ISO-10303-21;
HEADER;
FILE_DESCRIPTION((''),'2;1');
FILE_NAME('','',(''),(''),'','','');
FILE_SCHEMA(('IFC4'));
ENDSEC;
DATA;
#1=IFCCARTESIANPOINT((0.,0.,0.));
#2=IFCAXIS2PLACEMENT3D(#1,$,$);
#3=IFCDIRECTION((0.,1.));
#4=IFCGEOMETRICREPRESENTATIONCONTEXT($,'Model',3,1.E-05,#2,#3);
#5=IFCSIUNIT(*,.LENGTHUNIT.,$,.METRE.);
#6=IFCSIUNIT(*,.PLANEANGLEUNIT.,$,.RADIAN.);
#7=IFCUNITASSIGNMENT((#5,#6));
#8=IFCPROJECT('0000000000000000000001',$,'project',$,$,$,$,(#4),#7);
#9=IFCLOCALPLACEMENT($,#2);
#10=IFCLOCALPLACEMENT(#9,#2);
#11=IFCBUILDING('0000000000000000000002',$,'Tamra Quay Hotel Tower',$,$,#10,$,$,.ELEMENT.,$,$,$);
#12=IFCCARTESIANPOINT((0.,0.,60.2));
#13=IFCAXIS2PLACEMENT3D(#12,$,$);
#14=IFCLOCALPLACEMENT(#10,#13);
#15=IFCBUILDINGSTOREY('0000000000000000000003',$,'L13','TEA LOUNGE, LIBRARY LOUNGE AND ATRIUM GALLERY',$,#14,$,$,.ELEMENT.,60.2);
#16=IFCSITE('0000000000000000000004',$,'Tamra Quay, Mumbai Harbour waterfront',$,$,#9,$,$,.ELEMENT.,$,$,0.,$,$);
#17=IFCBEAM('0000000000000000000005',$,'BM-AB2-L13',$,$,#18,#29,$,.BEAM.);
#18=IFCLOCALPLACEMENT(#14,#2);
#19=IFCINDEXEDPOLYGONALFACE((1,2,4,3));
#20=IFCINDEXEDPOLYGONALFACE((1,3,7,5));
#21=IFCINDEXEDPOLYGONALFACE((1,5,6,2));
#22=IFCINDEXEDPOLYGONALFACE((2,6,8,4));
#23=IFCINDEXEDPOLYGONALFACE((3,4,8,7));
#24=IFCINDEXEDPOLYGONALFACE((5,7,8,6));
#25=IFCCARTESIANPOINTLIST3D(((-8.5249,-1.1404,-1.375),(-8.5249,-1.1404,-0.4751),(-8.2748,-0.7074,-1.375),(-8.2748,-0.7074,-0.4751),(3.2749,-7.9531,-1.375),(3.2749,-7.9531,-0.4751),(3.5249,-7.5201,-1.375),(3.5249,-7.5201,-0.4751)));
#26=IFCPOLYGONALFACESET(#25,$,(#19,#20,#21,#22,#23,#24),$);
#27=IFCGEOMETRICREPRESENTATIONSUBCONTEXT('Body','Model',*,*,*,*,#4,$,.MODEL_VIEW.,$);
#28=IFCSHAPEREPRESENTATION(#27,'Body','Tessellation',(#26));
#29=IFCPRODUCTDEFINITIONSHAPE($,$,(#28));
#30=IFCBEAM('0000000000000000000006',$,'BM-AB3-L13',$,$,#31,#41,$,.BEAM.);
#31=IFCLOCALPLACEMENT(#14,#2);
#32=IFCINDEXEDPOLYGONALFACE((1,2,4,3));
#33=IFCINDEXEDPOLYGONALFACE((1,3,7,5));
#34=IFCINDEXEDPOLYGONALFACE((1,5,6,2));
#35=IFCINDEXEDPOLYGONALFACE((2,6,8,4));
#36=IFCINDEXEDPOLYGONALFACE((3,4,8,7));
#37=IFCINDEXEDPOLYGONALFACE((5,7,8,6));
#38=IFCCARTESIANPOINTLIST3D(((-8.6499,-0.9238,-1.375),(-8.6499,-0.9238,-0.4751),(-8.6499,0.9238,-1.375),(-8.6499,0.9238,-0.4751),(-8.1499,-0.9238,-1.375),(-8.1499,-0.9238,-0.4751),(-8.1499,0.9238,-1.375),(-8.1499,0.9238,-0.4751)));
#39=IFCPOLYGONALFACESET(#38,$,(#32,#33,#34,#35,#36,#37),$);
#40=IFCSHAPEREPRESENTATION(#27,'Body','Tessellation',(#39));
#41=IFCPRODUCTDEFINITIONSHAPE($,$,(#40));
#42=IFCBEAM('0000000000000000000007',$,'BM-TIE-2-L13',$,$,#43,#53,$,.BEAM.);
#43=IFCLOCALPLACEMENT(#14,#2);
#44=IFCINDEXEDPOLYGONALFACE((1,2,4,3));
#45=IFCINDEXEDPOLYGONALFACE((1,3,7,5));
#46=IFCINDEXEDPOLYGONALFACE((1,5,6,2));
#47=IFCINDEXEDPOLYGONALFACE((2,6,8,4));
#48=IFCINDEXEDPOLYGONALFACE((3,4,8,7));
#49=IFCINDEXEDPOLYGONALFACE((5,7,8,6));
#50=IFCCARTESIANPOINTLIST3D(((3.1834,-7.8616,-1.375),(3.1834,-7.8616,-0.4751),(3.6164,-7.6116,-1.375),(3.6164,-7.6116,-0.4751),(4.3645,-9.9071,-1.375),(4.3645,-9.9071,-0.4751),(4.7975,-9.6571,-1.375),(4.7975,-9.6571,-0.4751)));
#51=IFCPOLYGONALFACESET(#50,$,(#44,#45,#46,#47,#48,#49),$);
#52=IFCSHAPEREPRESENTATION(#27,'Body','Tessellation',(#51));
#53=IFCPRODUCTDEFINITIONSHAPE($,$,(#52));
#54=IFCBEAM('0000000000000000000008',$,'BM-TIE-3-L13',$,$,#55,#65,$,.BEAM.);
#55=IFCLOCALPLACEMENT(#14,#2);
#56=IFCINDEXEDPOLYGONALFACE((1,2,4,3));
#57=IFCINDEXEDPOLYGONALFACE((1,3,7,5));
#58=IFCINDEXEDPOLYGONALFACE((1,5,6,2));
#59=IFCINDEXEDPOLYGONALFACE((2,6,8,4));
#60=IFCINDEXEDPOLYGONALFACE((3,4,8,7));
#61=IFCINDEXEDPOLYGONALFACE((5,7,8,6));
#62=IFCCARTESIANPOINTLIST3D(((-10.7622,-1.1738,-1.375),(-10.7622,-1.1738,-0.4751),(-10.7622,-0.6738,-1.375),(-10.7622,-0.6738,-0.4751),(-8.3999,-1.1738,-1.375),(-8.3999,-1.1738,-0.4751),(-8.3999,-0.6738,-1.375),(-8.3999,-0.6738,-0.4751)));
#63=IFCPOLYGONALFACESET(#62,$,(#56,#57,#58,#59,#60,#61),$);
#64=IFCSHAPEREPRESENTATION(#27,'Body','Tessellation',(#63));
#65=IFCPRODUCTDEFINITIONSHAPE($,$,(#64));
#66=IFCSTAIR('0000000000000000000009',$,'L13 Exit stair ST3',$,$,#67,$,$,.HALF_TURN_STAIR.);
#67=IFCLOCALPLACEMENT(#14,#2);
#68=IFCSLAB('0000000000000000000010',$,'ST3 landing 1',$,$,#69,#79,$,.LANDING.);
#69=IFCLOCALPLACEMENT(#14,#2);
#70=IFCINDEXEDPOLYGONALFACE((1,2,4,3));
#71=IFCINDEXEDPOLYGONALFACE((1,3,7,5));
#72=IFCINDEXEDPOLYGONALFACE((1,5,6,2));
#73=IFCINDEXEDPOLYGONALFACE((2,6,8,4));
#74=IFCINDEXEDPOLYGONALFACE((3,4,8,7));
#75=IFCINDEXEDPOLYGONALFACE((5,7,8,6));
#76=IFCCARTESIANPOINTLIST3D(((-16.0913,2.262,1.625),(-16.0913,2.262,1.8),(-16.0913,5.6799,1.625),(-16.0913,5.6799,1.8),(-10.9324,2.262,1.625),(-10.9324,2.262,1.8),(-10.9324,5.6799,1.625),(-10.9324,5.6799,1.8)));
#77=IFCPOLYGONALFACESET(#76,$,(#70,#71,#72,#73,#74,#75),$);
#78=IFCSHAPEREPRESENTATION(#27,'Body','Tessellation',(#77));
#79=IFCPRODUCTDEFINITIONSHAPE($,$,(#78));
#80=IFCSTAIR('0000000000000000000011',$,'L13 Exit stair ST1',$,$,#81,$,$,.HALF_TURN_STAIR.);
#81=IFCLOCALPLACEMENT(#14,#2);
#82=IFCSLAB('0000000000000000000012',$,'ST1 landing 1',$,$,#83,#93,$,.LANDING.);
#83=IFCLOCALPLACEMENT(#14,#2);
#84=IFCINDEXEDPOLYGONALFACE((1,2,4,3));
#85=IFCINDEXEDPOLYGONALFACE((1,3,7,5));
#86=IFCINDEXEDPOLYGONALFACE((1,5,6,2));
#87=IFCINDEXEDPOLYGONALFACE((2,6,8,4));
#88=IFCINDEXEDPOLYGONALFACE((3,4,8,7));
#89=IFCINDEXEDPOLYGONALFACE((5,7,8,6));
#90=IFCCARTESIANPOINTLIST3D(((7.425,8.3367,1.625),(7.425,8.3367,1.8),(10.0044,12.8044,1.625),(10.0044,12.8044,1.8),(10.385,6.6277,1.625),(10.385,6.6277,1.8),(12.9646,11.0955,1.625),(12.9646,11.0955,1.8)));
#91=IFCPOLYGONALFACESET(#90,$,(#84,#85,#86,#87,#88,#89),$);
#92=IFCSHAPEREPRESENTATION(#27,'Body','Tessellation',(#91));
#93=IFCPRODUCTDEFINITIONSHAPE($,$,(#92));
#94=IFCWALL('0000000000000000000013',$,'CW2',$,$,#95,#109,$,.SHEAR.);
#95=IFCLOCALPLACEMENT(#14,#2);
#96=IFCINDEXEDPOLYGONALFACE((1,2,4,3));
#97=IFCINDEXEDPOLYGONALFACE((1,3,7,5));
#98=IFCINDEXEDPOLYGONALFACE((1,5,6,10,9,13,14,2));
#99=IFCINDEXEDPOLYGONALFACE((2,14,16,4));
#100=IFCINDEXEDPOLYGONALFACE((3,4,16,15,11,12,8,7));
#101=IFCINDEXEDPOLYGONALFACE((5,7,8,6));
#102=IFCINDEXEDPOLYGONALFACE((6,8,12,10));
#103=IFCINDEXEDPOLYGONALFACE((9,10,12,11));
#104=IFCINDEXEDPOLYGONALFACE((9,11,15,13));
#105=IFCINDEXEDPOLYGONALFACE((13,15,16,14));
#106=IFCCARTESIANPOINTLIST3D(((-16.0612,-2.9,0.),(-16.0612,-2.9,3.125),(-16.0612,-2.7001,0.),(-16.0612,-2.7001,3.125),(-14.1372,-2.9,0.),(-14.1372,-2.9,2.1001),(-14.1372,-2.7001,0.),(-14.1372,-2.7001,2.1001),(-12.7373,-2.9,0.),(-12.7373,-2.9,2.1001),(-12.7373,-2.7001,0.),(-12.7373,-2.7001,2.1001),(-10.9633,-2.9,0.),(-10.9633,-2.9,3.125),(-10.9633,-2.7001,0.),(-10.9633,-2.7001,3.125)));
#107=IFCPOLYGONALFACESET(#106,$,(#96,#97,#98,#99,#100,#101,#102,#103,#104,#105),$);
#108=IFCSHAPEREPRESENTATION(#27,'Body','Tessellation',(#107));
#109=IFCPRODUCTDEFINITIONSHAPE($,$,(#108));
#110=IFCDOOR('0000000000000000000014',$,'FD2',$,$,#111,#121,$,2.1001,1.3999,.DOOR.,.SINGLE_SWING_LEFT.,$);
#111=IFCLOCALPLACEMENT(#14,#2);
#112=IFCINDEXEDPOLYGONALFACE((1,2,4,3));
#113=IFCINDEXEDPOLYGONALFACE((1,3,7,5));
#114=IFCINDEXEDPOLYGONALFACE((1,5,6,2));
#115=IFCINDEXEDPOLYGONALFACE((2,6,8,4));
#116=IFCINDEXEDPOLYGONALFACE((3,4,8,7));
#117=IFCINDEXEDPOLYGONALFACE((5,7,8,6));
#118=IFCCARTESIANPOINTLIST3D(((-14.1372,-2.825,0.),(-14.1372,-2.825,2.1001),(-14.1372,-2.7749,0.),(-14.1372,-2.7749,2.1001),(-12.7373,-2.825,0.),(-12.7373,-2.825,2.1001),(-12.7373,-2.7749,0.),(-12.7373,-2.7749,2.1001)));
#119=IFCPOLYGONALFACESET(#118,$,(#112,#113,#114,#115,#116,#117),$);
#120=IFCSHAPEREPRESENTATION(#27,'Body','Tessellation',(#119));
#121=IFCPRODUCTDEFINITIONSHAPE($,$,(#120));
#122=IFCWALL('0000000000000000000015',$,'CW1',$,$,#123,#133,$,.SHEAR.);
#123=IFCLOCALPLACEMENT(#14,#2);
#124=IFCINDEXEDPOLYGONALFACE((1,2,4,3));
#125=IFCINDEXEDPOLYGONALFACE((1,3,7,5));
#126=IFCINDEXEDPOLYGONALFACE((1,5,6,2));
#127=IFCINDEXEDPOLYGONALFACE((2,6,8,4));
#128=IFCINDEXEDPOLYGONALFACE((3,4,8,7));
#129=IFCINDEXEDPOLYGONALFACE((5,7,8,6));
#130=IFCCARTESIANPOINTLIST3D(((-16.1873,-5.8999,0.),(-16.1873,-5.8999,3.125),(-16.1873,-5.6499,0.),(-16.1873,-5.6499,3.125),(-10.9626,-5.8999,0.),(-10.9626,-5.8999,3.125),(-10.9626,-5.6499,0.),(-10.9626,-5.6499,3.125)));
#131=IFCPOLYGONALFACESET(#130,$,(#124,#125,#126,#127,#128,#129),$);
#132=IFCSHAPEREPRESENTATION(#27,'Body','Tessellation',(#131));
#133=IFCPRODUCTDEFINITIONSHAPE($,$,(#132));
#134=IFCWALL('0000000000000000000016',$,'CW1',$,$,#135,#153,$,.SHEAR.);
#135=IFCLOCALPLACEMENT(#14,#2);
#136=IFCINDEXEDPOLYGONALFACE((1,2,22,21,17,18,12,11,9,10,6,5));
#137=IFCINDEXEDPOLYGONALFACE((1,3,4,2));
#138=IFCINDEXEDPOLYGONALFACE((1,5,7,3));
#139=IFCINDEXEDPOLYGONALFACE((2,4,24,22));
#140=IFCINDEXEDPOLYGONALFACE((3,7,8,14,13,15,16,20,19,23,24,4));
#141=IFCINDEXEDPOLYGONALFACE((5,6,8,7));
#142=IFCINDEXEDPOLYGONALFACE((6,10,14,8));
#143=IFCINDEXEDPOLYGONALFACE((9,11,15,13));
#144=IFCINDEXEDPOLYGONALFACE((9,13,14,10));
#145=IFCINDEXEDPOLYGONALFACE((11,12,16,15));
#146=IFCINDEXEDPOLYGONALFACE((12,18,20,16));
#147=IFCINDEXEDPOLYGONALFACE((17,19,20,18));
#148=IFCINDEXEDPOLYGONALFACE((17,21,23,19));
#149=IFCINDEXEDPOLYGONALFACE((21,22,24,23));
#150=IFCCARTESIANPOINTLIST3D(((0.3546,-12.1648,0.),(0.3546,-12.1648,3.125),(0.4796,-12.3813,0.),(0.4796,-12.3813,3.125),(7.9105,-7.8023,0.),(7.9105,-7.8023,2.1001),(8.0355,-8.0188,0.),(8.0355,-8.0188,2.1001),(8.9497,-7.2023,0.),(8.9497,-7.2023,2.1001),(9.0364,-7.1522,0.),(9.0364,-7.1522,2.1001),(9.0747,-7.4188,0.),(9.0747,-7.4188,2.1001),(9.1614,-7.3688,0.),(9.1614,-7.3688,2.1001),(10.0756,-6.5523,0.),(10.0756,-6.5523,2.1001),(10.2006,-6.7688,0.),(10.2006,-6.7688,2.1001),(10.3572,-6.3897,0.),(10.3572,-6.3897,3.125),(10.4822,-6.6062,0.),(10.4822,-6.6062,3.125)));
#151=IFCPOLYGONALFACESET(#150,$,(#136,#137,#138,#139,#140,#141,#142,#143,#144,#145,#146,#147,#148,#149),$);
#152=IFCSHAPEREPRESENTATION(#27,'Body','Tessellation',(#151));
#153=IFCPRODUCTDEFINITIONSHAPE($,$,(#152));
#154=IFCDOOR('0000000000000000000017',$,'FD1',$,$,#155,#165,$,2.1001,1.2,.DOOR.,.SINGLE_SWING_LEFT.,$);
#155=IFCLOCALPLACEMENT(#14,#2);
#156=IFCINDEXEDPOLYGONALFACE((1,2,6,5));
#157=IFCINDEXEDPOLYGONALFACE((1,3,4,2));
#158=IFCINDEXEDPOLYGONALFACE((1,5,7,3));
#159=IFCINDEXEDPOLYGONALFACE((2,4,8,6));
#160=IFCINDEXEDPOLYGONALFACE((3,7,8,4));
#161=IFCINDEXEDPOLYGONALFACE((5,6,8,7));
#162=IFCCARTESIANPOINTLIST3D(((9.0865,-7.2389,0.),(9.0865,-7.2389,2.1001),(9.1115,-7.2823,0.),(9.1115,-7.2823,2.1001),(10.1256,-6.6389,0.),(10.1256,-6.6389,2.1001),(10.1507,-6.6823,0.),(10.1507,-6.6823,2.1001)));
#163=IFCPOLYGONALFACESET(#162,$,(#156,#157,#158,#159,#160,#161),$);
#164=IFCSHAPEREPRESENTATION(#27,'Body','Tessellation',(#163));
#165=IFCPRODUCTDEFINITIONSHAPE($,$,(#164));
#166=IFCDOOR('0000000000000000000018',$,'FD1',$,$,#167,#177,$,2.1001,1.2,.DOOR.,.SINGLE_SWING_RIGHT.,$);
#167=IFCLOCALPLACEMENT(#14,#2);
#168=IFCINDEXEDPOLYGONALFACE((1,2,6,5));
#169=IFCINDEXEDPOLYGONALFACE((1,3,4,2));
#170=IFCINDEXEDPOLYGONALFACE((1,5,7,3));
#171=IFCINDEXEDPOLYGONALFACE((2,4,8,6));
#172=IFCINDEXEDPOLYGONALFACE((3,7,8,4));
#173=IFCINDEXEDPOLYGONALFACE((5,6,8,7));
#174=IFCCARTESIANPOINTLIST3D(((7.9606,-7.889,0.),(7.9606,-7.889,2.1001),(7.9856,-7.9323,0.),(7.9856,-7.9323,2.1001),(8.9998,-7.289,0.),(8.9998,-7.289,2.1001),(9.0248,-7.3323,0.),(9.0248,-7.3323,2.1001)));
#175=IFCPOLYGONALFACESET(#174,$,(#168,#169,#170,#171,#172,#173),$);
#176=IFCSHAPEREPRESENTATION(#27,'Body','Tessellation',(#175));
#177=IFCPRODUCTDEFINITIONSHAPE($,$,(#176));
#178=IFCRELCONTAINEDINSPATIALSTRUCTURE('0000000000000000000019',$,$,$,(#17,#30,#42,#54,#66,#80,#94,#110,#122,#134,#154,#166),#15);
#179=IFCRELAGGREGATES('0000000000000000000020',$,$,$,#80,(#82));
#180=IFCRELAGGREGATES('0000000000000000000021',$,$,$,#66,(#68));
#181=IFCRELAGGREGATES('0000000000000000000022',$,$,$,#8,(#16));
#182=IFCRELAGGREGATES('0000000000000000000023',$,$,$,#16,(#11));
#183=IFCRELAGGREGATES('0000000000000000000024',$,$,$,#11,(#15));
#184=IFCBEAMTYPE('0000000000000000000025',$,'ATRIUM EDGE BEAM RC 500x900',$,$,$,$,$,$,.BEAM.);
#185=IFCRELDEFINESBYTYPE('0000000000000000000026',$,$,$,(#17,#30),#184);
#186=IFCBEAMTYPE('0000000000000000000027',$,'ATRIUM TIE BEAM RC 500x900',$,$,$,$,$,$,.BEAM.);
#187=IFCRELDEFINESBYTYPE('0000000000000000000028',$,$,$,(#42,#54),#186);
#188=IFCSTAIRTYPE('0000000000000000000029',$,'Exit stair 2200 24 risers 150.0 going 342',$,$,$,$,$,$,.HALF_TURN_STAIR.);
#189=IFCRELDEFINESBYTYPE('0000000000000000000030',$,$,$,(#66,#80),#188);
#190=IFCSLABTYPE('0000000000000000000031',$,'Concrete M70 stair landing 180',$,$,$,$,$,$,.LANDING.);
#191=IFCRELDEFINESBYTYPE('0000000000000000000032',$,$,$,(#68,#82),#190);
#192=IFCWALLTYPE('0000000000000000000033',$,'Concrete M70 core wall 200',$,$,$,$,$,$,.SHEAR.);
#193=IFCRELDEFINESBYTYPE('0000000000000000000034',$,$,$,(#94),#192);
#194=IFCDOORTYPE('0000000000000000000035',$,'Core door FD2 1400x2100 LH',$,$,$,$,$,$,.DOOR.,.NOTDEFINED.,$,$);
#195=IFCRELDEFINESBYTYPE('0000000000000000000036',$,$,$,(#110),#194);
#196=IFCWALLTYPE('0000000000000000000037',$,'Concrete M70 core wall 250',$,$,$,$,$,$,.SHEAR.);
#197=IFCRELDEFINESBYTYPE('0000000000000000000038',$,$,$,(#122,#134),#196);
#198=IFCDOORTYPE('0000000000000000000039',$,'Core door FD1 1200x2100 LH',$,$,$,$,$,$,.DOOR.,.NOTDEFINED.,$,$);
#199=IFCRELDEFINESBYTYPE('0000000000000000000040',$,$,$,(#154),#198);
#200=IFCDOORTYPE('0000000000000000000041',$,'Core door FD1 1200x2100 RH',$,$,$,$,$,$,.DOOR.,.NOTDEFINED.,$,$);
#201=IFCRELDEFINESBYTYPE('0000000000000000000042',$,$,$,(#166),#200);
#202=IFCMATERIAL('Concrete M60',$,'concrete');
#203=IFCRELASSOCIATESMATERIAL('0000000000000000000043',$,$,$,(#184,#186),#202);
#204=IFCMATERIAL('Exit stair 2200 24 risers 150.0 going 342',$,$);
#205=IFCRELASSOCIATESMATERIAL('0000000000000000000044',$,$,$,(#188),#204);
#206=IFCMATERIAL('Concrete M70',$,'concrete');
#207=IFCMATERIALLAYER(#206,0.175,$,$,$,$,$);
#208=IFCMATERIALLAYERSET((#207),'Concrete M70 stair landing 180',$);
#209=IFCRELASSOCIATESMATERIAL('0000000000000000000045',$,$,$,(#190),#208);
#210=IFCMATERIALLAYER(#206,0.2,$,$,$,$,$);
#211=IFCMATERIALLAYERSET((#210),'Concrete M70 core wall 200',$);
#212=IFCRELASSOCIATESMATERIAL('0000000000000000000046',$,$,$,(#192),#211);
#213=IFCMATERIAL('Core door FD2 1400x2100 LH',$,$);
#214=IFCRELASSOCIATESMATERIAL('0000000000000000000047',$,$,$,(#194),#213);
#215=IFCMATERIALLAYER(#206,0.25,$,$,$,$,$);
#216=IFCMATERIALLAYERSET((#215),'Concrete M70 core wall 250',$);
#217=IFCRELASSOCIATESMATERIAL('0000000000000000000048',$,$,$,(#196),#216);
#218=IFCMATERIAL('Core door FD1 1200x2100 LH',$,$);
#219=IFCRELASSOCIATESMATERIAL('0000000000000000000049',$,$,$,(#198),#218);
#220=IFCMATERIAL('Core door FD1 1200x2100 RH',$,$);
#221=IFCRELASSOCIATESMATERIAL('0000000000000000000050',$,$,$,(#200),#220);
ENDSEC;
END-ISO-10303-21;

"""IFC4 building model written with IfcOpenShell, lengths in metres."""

from ifc_helpers import new_model, si_unit, direction, frame, frame_2d, origin, origin_2d, place, context, subcontext, project, spatial, polyline, rectangle, outline, extrude, material, layer, layer_set, material_profile, profile_set, type_object, element, fill, aggregate, save


model = new_model("IFC4")

# Units and contexts
model_context = context("Model", 3, precision=1e-05, world=origin(), true_north=direction((0.0, 1.0)))
body_context = subcontext(model_context, "Body", "Model", "MODEL_VIEW")
ifc_project = project(units=[si_unit("LENGTHUNIT", "METRE"), si_unit("PLANEANGLEUNIT", "RADIAN")], contexts=[model_context])

# Site, building, storey
site_placement = place(None, origin())
site = spatial("IfcSite", under=ifc_project, at=site_placement, Name="Tamra Quay, Mumbai Harbour waterfront", CompositionType="ELEMENT", RefElevation=0.0)
building_placement = place(site_placement, origin())
building = spatial("IfcBuilding", under=site, at=building_placement, Name="Tamra Quay Hotel Tower", CompositionType="ELEMENT")
storey_placement = place(building_placement, frame((0.0, 0.0, 60.2)))
storey = spatial("IfcBuildingStorey", under=building, at=storey_placement, Name="L13", Description="TEA LOUNGE, LIBRARY LOUNGE AND ATRIUM GALLERY", CompositionType="ELEMENT", Elevation=60.2)

# Beams
ifc_material_1 = material(Name="Concrete M60", Category="concrete")
ifc_material_profile_1 = material_profile(ifc_material_1, rectangle(XDim=0.5, YDim=0.8999, at=origin_2d()), Name="ATRIUM EDGE BEAM RC 500x900")
ifc_profile_set_1 = profile_set([ifc_material_profile_1], Name="Concrete M60")
beam_type_1 = type_object("IfcBeamType", Name="ATRIUM EDGE BEAM RC 500x900", PredefinedType="BEAM", material=ifc_profile_set_1)
beam_1_placement = place(storey_placement, frame((3.3999, -7.7366, -0.925), z_axis=(-0.866021, 0.500007, 0.0), x_axis=(-0.500007, -0.866021, 0.0)))
element("IfcBeam", 1, at=beam_1_placement, inside=storey, type_object=beam_type_1, Name="BM-AB2-L13", PredefinedType="BEAM", context=body_context, shape_type="SweptSolid", body=[
    extrude(rectangle(XDim=0.5, YDim=0.8999, at=origin_2d()), origin(), (0.0, 0.0, 1.0), 13.6252),
])
beam_2_placement = place(storey_placement, frame((-8.3999, -0.9238, -0.925), z_axis=(0.0, 1.0, 0.0), x_axis=(-1.0, 0.0, 0.0)))
element("IfcBeam", 2, at=beam_2_placement, inside=storey, type_object=beam_type_1, Name="BM-AB3-L13", PredefinedType="BEAM", context=body_context, shape_type="SweptSolid", body=[
    extrude(rectangle(XDim=0.5, YDim=0.8999, at=origin_2d()), origin(), (0.0, 0.0, 1.0), 1.8477),
])
ifc_material_profile_2 = material_profile(ifc_material_1, rectangle(XDim=0.5, YDim=0.8999, at=origin_2d()), Name="ATRIUM TIE BEAM RC 500x900")
ifc_profile_set_2 = profile_set([ifc_material_profile_2], Name="Concrete M60")
beam_type_2 = type_object("IfcBeamType", Name="ATRIUM TIE BEAM RC 500x900", PredefinedType="BEAM", material=ifc_profile_set_2)
beam_3_placement = place(storey_placement, frame((3.3999, -7.7366, -0.925), z_axis=(0.50003, -0.866008, 0.0), x_axis=(0.866008, 0.50003, 0.0)))
element("IfcBeam", 3, at=beam_3_placement, inside=storey, type_object=beam_type_2, Name="BM-TIE-2-L13", PredefinedType="BEAM", context=body_context, shape_type="SweptSolid", body=[
    extrude(rectangle(XDim=0.5, YDim=0.8999, at=origin_2d()), origin(), (0.0, 0.0, 1.0), 2.3621),
])
beam_4_placement = place(storey_placement, frame((-8.3999, -0.9238, -0.925), z_axis=(-1.0, 0.0, 0.0), x_axis=(0.0, -1.0, 0.0)))
element("IfcBeam", 4, at=beam_4_placement, inside=storey, type_object=beam_type_2, Name="BM-TIE-3-L13", PredefinedType="BEAM", context=body_context, shape_type="SweptSolid", body=[
    extrude(rectangle(XDim=0.5, YDim=0.8999, at=origin_2d()), origin(), (0.0, 0.0, 1.0), 2.3623),
])

# Stairs, slabs
ifc_material_2 = material(Name="Exit stair 2200 24 risers 150.0 going 342")
stair_type = type_object("IfcStairType", Name="Exit stair 2200 24 risers 150.0 going 342", PredefinedType="HALF_TURN_STAIR", material=ifc_material_2)
stair_1_placement = place(storey_placement, origin())
stair_1 = element("IfcStair", 5, at=stair_1_placement, inside=storey, type_object=stair_type, Name="L13 Exit stair ST3", PredefinedType="HALF_TURN_STAIR")
ifc_material_3 = material(Name="Concrete M70", Category="concrete")
ifc_layer_1 = layer(ifc_material_3, 0.175)
ifc_layer_set_1 = layer_set([ifc_layer_1], Name="Concrete M70 stair landing 180")
slab_type_1 = type_object("IfcSlabType", Name="Concrete M70 stair landing 180", PredefinedType="LANDING", material=ifc_layer_set_1)
slab_1_placement = place(storey_placement, frame((0.0, 0.0, 1.625)))
slab_1 = element("IfcSlab", 6, at=slab_1_placement, type_object=slab_type_1, Name="ST3 landing 1", PredefinedType="LANDING", context=body_context, shape_type="SweptSolid", body=[
    extrude(outline(polyline([(-10.9324, 2.262), (-10.9324, 5.6799), (-16.0913, 5.6799), (-16.0913, 2.262), (-10.9324, 2.262)])), origin(), (0.0, 0.0, 1.0), 0.175),
])
stair_2_placement = place(storey_placement, origin())
stair_2 = element("IfcStair", 7, at=stair_2_placement, inside=storey, type_object=stair_type, Name="L13 Exit stair ST1", PredefinedType="HALF_TURN_STAIR")
slab_2_placement = place(storey_placement, frame((0.0, 0.0, 1.625)))
slab_2 = element("IfcSlab", 8, at=slab_2_placement, type_object=slab_type_1, Name="ST1 landing 1", PredefinedType="LANDING", context=body_context, shape_type="SweptSolid", body=[
    extrude(outline(polyline([(7.425, 8.3367), (10.385, 6.6277), (12.9646, 11.0955), (10.0044, 12.8044), (7.425, 8.3367)])), origin(), (0.0, 0.0, 1.0), 0.175),
])
aggregate(stair_2, [slab_2])

# Wall, opening, door
ifc_layer_2 = layer(ifc_material_3, 0.2)
ifc_layer_set_2 = layer_set([ifc_layer_2], Name="Concrete M70 core wall 200")
wall_type_1 = type_object("IfcWallType", Name="Concrete M70 core wall 200", PredefinedType="SHEAR", material=ifc_layer_set_2)
wall_1_placement = place(storey_placement, frame((-10.9634, -2.8, 0.0), z_axis=(0.0, 0.0, 1.0), x_axis=(-1.0, 0.0, 0.0)))
wall_1 = element("IfcWall", 9, at=wall_1_placement, inside=storey, type_object=wall_type_1, Name="CW2", PredefinedType="SHEAR", context=body_context, shape_type="SweptSolid", body=[
    extrude(rectangle(XDim=5.0979, YDim=0.2, at=frame_2d((2.5488, 0.0))), origin(), (0.0, 0.0, 1.0), 3.125),
])
opening_1_placement = place(wall_1_placement, frame((1.7739, 0.0, 0.0)))
opening_1 = element("IfcOpeningElement", 10, at=opening_1_placement, cuts=wall_1, PredefinedType="OPENING", context=body_context, shape_type="SweptSolid", body=[
    extrude(rectangle(XDim=1.3999, YDim=2.1001, at=frame_2d((0.7, 1.05))), frame((0.0, 0.1099, 0.0), z_axis=(0.0, -1.0, 0.0), x_axis=(1.0, 0.0, 0.0)), (0.0, 0.0, 1.0), 0.22),
])
ifc_material_4 = material(Name="Core door FD2 1400x2100 LH")
door_type_1 = type_object("IfcDoorType", Name="Core door FD2 1400x2100 LH", OperationType="NOTDEFINED", PredefinedType="DOOR", material=ifc_material_4)
door_1_placement = place(opening_1_placement, origin())
door_1 = element("IfcDoor", 11, at=door_1_placement, inside=storey, type_object=door_type_1, Name="FD2", OperationType="SINGLE_SWING_LEFT", OverallHeight=2.1001, OverallWidth=1.3999, PredefinedType="DOOR", context=body_context, shape_type="SweptSolid", body=[
    extrude(rectangle(XDim=1.3999, YDim=2.1001, at=frame_2d((0.7, 1.05))), frame((0.0, 0.0249, 0.0), z_axis=(0.0, -1.0, 0.0), x_axis=(1.0, 0.0, 0.0)), (0.0, 0.0, 1.0), 0.05),
])
fill(opening_1, door_1)

# Wall
ifc_layer_3 = layer(ifc_material_3, 0.25)
ifc_layer_set_3 = layer_set([ifc_layer_3], Name="Concrete M70 core wall 250")
wall_type_2 = type_object("IfcWallType", Name="Concrete M70 core wall 250", PredefinedType="SHEAR", material=ifc_layer_set_3)
wall_2_placement = place(storey_placement, frame((-10.9626, -5.7749, 0.0), z_axis=(0.0, 0.0, 1.0), x_axis=(-1.0, 0.0, 0.0)))
element("IfcWall", 12, at=wall_2_placement, inside=storey, type_object=wall_type_2, Name="CW1", PredefinedType="SHEAR", context=body_context, shape_type="SweptSolid", body=[
    extrude(rectangle(XDim=5.2246, YDim=0.25, at=frame_2d((2.6123, 0.0))), origin(), (0.0, 0.0, 1.0), 3.125),
])

# Wall, openings, doors
wall_3_placement = place(storey_placement, frame((0.4172, -12.2729, 0.0), z_axis=(0.0, 0.0, 1.0), x_axis=(0.866022, 0.500006, 0.0)))
wall_3 = element("IfcWall", 13, at=wall_3_placement, inside=storey, type_object=wall_type_2, Name="CW1", PredefinedType="SHEAR", context=body_context, shape_type="SweptSolid", body=[
    extrude(rectangle(XDim=11.55, YDim=0.25, at=frame_2d((5.7749, 0.0))), origin(), (0.0, 0.0, 1.0), 3.125),
])
opening_2_placement = place(wall_3_placement, frame((10.0247, 0.0, 0.0)))
opening_2 = element("IfcOpeningElement", 14, at=opening_2_placement, cuts=wall_3, PredefinedType="OPENING", context=body_context, shape_type="SweptSolid", body=[
    extrude(rectangle(XDim=1.2, YDim=2.1001, at=frame_2d((0.6001, 1.05))), frame((0.0, 0.135, 0.0), z_axis=(0.0, -1.0, 0.0), x_axis=(1.0, 0.0, 0.0)), (0.0, 0.0, 1.0), 0.27),
])
opening_3_placement = place(wall_3_placement, frame((8.7246, 0.0, 0.0)))
opening_3 = element("IfcOpeningElement", 15, at=opening_3_placement, cuts=wall_3, PredefinedType="OPENING", context=body_context, shape_type="SweptSolid", body=[
    extrude(rectangle(XDim=1.2, YDim=2.1001, at=frame_2d((0.6001, 1.05))), frame((0.0, 0.135, 0.0), z_axis=(0.0, -1.0, 0.0), x_axis=(1.0, 0.0, 0.0)), (0.0, 0.0, 1.0), 0.27),
])
ifc_material_5 = material(Name="Core door FD1 1200x2100 LH")
door_type_2 = type_object("IfcDoorType", Name="Core door FD1 1200x2100 LH", OperationType="NOTDEFINED", PredefinedType="DOOR", material=ifc_material_5)
door_2_placement = place(opening_2_placement, origin())
door_2 = element("IfcDoor", 16, at=door_2_placement, inside=storey, type_object=door_type_2, Name="FD1", OperationType="SINGLE_SWING_LEFT", OverallHeight=2.1001, OverallWidth=1.2, PredefinedType="DOOR", context=body_context, shape_type="SweptSolid", body=[
    extrude(rectangle(XDim=1.2, YDim=2.1001, at=frame_2d((0.6001, 1.05))), frame((0.0, 0.0249, 0.0), z_axis=(0.0, -1.0, 0.0), x_axis=(1.0, 0.0, 0.0)), (0.0, 0.0, 1.0), 0.05),
])
fill(opening_2, door_2)
ifc_material_6 = material(Name="Core door FD1 1200x2100 RH")
door_type_3 = type_object("IfcDoorType", Name="Core door FD1 1200x2100 RH", OperationType="NOTDEFINED", PredefinedType="DOOR", material=ifc_material_6)
door_3_placement = place(opening_3_placement, origin())
door_3 = element("IfcDoor", 17, at=door_3_placement, inside=storey, type_object=door_type_3, Name="FD1", OperationType="SINGLE_SWING_RIGHT", OverallHeight=2.1001, OverallWidth=1.2, PredefinedType="DOOR", context=body_context, shape_type="SweptSolid", body=[
    extrude(rectangle(XDim=1.2, YDim=2.1001, at=frame_2d((0.6001, 1.05))), frame((0.0, 0.0249, 0.0), z_axis=(0.0, -1.0, 0.0), x_axis=(1.0, 0.0, 0.0)), (0.0, 0.0, 1.0), 0.05),
])
fill(opening_3, door_3)

aggregate(stair_1, [slab_1])

save(model, "model.ifc")
